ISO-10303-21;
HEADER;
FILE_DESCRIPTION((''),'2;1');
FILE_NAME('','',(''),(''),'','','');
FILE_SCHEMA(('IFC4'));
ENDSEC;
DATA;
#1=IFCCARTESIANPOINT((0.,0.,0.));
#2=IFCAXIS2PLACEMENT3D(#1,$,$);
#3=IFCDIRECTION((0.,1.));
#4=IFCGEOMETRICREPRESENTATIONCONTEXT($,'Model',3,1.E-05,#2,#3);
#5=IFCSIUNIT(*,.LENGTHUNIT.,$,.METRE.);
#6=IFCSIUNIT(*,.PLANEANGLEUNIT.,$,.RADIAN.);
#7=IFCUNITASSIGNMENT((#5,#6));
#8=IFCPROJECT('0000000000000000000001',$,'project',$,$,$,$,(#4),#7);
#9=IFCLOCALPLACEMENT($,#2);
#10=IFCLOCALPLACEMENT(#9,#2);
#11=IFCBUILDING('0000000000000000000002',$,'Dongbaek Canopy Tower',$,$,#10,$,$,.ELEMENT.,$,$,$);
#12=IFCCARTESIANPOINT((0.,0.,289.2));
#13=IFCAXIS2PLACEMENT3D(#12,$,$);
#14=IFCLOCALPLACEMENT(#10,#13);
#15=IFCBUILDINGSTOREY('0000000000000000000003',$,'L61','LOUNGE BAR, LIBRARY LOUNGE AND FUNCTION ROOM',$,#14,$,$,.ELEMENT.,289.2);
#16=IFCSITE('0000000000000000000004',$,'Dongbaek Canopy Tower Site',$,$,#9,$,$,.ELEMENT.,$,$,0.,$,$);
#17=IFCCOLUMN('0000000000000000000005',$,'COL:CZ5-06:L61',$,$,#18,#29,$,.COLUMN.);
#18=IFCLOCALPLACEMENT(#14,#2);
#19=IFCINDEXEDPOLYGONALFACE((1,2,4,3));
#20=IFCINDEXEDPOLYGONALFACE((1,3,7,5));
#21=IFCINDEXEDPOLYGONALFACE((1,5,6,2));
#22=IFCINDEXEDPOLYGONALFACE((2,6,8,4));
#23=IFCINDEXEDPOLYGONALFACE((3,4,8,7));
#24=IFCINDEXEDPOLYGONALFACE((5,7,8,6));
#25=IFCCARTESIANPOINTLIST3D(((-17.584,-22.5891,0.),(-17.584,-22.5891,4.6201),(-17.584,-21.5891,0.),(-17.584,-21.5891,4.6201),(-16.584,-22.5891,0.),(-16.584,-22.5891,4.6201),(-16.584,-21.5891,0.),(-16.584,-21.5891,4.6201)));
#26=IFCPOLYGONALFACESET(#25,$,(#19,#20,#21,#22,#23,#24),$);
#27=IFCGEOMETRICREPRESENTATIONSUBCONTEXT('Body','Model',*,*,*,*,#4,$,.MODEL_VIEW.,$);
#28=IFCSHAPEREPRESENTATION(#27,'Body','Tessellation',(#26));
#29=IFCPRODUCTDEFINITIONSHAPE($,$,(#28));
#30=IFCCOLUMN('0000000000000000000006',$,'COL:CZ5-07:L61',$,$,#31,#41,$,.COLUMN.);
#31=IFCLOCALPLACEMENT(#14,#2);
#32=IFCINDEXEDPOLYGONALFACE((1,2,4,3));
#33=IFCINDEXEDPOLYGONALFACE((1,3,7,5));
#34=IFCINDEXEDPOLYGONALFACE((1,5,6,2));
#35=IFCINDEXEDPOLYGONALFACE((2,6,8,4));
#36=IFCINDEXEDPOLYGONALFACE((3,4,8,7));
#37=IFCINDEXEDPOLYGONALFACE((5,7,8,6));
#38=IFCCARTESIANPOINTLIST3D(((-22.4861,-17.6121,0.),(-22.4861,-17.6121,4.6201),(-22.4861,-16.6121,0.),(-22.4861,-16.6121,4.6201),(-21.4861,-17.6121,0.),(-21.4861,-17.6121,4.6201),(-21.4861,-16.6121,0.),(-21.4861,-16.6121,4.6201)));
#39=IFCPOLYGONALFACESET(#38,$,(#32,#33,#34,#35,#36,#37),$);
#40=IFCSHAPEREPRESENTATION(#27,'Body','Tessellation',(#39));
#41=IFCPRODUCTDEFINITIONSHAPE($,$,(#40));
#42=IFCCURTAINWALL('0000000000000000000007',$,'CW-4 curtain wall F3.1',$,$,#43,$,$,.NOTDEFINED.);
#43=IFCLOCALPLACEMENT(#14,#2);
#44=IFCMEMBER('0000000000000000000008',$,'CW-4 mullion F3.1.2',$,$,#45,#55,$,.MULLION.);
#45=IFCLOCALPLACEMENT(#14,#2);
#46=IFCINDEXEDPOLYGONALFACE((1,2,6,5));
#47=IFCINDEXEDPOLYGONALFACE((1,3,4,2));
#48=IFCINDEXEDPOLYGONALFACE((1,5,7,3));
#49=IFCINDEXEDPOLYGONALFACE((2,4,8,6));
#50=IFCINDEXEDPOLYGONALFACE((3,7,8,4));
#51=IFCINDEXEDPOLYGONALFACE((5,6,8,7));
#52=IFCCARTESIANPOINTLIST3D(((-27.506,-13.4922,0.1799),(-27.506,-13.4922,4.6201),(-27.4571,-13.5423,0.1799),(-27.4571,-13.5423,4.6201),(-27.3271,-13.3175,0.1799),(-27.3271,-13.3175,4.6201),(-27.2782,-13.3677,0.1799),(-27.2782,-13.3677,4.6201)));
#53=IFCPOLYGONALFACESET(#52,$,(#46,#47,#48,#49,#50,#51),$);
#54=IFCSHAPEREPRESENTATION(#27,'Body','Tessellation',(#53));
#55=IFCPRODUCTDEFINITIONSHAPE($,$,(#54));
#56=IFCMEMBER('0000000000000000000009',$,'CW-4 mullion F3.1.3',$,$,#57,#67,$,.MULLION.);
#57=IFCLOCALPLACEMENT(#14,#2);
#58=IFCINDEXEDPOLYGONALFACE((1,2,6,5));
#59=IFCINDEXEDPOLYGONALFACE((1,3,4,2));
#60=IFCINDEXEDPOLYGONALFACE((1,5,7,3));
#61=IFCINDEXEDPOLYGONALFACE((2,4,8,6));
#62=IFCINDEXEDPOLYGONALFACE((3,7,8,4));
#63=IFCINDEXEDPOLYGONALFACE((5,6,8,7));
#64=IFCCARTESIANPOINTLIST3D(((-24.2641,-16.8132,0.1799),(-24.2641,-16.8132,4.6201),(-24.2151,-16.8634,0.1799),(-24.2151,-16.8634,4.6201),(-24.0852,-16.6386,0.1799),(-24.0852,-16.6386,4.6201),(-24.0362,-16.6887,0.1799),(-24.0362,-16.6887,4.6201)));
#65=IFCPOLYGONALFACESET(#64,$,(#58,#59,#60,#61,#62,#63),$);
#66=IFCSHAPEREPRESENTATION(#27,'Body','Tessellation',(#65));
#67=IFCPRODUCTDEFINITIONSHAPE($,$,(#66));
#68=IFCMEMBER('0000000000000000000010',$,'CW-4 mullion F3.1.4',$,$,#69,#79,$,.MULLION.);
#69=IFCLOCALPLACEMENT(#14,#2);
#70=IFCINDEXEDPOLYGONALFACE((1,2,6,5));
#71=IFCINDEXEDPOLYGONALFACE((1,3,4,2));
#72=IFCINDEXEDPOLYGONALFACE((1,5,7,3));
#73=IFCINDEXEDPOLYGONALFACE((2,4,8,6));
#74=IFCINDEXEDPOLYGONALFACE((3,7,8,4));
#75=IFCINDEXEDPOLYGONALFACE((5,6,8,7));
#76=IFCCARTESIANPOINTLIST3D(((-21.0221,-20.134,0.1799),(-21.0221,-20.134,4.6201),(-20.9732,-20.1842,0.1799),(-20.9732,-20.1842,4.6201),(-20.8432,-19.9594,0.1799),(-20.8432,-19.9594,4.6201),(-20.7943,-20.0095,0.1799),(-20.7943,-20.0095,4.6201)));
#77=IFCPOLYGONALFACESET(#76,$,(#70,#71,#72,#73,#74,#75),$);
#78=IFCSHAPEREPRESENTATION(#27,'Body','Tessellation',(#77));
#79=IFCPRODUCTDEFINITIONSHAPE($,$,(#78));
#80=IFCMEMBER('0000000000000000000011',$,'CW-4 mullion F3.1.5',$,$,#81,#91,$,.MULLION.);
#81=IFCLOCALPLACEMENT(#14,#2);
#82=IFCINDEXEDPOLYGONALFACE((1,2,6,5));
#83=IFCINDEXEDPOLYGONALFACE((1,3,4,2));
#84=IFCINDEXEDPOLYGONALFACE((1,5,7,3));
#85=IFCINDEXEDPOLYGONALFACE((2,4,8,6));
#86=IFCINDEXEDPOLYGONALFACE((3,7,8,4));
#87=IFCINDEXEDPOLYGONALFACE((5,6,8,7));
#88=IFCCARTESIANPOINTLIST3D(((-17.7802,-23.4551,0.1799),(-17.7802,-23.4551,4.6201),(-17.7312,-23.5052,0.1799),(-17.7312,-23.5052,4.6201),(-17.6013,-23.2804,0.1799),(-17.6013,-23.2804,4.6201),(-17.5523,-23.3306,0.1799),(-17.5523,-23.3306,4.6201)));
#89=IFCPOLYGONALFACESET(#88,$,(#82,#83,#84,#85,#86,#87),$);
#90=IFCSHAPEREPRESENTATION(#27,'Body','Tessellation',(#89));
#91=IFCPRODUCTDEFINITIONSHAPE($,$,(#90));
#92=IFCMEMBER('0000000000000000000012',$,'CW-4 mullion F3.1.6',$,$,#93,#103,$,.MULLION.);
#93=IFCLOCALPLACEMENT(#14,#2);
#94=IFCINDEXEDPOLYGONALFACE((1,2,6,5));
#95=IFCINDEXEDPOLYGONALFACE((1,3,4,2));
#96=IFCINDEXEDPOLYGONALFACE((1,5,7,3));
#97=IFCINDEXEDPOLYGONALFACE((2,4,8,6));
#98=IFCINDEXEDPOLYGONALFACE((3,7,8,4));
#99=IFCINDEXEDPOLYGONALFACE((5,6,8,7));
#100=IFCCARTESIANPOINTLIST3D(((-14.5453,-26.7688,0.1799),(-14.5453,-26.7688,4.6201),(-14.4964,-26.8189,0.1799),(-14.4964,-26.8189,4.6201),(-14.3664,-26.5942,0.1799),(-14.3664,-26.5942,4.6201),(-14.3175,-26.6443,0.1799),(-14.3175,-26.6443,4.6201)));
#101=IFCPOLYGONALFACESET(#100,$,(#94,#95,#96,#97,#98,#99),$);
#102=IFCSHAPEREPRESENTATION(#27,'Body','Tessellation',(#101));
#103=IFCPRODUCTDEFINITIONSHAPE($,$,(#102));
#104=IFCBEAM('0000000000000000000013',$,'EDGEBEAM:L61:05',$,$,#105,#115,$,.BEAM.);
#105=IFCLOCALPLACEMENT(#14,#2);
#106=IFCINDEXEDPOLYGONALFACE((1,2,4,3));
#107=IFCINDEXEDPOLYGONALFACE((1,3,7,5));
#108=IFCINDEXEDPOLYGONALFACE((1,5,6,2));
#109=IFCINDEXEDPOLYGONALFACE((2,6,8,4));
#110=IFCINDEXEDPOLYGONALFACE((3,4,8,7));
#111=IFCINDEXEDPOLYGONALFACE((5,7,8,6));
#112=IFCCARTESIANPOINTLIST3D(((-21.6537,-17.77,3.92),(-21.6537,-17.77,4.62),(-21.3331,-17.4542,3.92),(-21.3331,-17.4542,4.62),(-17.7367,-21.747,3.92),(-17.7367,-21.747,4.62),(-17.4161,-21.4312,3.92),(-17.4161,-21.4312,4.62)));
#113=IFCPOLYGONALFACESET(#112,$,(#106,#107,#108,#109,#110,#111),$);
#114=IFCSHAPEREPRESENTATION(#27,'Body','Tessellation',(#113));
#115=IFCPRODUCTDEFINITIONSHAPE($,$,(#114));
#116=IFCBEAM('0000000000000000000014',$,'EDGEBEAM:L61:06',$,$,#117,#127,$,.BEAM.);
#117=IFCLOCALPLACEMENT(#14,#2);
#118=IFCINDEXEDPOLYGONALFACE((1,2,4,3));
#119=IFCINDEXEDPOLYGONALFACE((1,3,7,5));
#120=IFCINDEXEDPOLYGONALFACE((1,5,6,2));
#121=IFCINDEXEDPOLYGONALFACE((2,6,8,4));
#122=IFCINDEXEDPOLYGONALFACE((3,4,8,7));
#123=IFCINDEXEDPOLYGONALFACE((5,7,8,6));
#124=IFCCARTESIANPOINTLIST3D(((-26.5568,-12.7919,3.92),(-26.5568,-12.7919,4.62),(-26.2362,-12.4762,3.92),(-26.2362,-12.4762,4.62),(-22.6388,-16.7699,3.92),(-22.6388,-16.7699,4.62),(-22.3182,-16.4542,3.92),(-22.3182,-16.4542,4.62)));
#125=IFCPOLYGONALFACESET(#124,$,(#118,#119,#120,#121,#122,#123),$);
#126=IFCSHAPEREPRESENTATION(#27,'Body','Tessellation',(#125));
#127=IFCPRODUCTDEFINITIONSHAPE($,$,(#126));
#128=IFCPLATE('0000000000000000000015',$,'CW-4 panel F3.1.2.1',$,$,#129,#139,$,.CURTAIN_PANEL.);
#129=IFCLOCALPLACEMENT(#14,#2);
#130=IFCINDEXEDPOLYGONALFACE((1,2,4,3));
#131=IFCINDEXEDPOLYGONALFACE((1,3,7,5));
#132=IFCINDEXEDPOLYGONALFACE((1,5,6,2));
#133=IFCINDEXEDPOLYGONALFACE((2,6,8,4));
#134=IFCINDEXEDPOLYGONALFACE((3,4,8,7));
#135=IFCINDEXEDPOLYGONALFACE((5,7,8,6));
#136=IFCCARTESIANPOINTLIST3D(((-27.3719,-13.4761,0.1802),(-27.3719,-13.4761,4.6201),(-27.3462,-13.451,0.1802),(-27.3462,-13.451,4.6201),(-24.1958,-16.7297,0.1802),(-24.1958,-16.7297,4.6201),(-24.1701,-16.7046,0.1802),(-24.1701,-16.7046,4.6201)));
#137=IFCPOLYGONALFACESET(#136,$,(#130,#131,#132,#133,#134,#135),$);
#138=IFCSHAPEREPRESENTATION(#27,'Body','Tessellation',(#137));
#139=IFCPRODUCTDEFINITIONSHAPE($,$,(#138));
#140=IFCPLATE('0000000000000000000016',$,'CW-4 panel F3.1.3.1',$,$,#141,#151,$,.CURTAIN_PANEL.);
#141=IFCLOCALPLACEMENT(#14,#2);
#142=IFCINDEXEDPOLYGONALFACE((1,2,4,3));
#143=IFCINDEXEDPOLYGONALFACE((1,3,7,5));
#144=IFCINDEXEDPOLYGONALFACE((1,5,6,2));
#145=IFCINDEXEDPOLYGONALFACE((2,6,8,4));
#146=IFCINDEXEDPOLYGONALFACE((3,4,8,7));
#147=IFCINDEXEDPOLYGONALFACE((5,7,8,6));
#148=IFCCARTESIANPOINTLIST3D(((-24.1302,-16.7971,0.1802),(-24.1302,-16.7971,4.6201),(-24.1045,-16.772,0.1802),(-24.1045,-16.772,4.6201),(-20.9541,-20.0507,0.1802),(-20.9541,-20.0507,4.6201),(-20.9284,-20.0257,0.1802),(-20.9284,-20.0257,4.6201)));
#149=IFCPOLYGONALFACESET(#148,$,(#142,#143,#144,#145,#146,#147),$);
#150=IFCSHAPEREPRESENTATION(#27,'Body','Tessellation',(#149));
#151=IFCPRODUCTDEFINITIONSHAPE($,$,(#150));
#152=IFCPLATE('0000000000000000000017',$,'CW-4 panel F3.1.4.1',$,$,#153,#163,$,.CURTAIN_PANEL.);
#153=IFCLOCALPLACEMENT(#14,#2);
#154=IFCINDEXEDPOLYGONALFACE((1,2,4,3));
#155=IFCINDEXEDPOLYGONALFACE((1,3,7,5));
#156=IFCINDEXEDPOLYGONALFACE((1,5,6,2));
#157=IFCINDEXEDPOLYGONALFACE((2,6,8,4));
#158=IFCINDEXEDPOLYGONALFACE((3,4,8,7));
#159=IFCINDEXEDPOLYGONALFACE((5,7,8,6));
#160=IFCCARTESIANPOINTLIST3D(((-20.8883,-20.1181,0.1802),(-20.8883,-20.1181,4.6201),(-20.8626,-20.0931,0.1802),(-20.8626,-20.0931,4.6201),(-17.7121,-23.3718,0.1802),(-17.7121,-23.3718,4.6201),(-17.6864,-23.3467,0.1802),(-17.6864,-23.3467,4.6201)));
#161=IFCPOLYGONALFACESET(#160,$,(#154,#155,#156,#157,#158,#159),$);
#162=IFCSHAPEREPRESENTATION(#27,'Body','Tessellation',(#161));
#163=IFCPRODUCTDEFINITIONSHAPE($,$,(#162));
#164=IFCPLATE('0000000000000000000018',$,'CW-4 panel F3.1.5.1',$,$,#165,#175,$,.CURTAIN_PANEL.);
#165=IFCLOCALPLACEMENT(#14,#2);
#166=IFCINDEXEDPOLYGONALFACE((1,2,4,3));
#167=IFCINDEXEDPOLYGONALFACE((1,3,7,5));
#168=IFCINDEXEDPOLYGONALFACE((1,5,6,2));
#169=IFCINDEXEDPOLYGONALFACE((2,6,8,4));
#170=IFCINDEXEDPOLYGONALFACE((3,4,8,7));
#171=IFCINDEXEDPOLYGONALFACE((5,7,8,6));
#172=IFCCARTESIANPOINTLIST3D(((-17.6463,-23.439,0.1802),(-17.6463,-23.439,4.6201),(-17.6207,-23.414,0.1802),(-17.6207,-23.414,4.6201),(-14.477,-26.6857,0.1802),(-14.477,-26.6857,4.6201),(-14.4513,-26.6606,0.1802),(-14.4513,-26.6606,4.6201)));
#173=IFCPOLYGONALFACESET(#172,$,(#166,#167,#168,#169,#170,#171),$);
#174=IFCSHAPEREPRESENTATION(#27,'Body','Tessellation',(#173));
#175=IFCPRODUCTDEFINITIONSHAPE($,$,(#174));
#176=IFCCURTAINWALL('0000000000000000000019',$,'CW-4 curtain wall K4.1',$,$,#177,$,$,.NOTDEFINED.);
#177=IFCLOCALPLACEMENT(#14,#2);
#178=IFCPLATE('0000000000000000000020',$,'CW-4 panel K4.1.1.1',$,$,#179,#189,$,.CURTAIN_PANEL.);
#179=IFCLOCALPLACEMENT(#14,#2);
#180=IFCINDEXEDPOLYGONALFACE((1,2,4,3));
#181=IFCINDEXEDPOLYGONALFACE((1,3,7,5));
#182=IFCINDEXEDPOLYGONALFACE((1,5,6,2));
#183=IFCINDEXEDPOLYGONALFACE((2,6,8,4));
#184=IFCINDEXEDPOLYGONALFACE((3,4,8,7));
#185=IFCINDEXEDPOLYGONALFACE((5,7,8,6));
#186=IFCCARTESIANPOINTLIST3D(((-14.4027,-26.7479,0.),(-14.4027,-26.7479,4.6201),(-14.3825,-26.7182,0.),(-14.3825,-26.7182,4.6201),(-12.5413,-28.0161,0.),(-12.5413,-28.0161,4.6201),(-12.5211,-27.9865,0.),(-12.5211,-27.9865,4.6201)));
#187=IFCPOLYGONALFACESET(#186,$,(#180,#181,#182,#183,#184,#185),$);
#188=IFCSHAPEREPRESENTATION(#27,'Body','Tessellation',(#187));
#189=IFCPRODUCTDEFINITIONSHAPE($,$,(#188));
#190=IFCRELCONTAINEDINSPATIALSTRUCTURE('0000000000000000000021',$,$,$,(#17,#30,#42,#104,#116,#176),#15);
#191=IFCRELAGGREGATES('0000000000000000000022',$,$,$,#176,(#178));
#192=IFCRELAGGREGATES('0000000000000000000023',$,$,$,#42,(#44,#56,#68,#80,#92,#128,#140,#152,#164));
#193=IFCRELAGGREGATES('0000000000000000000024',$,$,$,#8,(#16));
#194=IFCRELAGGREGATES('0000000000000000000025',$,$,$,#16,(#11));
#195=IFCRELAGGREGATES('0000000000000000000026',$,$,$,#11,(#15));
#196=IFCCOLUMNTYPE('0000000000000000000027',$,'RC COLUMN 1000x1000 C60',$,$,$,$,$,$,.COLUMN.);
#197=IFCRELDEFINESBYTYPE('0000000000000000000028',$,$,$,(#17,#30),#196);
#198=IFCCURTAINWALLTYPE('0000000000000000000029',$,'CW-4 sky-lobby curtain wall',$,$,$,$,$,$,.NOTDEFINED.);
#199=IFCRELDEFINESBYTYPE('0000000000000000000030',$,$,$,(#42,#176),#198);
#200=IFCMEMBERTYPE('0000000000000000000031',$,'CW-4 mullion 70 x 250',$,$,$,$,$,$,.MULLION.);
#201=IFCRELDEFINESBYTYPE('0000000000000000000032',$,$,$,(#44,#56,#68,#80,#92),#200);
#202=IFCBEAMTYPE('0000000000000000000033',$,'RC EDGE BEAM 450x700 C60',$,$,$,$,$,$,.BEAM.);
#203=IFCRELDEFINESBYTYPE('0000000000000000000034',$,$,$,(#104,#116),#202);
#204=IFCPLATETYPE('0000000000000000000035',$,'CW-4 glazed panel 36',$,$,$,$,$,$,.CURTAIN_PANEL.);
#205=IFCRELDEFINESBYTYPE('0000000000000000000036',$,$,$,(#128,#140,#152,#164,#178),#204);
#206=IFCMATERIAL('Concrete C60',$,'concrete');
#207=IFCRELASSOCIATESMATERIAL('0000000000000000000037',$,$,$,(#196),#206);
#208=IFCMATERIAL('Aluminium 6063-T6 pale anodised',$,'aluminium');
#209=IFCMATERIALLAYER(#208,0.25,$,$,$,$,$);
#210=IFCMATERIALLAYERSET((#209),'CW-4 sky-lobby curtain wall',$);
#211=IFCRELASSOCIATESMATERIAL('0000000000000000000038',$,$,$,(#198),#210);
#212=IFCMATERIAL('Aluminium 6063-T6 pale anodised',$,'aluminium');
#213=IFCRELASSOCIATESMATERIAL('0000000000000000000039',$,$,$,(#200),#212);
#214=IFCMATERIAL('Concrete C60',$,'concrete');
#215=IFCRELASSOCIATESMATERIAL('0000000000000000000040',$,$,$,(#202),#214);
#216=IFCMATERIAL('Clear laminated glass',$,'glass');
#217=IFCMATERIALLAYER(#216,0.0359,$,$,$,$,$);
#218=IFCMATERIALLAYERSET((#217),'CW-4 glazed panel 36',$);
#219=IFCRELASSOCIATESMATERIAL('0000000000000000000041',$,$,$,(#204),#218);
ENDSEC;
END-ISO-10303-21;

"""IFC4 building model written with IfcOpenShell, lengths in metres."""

from ifc_helpers import new_model, si_unit, direction, frame, origin, origin_2d, place, context, subcontext, project, spatial, rectangle, extrude, material, layer, layer_set, material_profile, profile_set, type_object, element, aggregate, save


model = new_model("IFC4")

# Units and contexts
model_context = context("Model", 3, precision=1e-05, world=origin(), true_north=direction((0.0, 1.0)))
body_context = subcontext(model_context, "Body", "Model", "MODEL_VIEW")
ifc_project = project(units=[si_unit("LENGTHUNIT", "METRE"), si_unit("PLANEANGLEUNIT", "RADIAN")], contexts=[model_context])

# Site, building, storey
site_placement = place(None, origin())
site = spatial("IfcSite", under=ifc_project, at=site_placement, Name="Dongbaek Canopy Tower Site", CompositionType="ELEMENT", RefElevation=0.0)
building_placement = place(site_placement, origin())
building = spatial("IfcBuilding", under=site, at=building_placement, Name="Dongbaek Canopy Tower", CompositionType="ELEMENT")
storey_placement = place(building_placement, frame((0.0, 0.0, 289.2)))
storey = spatial("IfcBuildingStorey", under=building, at=storey_placement, Name="L61", Description="LOUNGE BAR, LIBRARY LOUNGE AND FUNCTION ROOM", CompositionType="ELEMENT", Elevation=289.2)

# Columns
ifc_material_1 = material(Name="Concrete C60", Category="concrete")
ifc_material_profile_1 = material_profile(ifc_material_1, rectangle(XDim=1.0, YDim=1.0, at=origin_2d()), Name="RC COLUMN 1000x1000 C60")
ifc_profile_set_1 = profile_set([ifc_material_profile_1], Name="Concrete C60")
column_type = type_object("IfcColumnType", Name="RC COLUMN 1000x1000 C60", PredefinedType="COLUMN", material=ifc_profile_set_1)
for number, where, z_axis, x_axis, name in (
    (1, (-17.084, -22.0891, 0.0), (0.0, 0.0, 1.0), (1.0, 0.0, 0.0), "COL:CZ5-06:L61"),
    (2, (-21.9861, -17.1121, 0.0), (0.0, 0.0, 1.0), (1.0, 0.0, 0.0), "COL:CZ5-07:L61"),
):
    element("IfcColumn", number, at=place(storey_placement, frame(where, z_axis=z_axis, x_axis=x_axis)), inside=storey, type_object=column_type, Name=name, PredefinedType="COLUMN", context=body_context, shape_type="SweptSolid", body=[
        extrude(rectangle(XDim=1.0, YDim=1.0, at=origin_2d()), origin(), (0.0, 0.0, 1.0), 4.6201),
    ])

# Curtain wall, members
ifc_material_2 = material(Name="Aluminium 6063-T6 pale anodised", Category="aluminium")
ifc_layer_1 = layer(ifc_material_2, 0.25)
ifc_layer_set_1 = layer_set([ifc_layer_1], Name="CW-4 sky-lobby curtain wall")
curtain_wall_type = type_object("IfcCurtainWallType", Name="CW-4 sky-lobby curtain wall", PredefinedType="NOTDEFINED", material=ifc_layer_set_1)
curtain_wall_1_placement = place(storey_placement, origin())
curtain_wall_1 = element("IfcCurtainWall", 3, at=curtain_wall_1_placement, inside=storey, type_object=curtain_wall_type, Name="CW-4 curtain wall F3.1", PredefinedType="NOTDEFINED")
ifc_material_3 = material(Name="Aluminium 6063-T6 pale anodised", Category="aluminium")
ifc_material_profile_2 = material_profile(ifc_material_3, rectangle(XDim=0.25, YDim=0.0701, at=origin_2d()), Name="CW-4 mullion 70 x 250")
ifc_profile_set_2 = profile_set([ifc_material_profile_2], Name="Aluminium 6063-T6 pale anodised")
member_type = type_object("IfcMemberType", Name="CW-4 mullion 70 x 250", PredefinedType="MULLION", material=ifc_profile_set_2)
member_1_placement = place(storey_placement, frame((-27.3921, -13.4299, 0.1799), z_axis=(0.0, 0.0, 1.0), x_axis=(-0.715574, -0.698537, 0.0)))
member_1 = element("IfcMember", 4, at=member_1_placement, type_object=member_type, Name="CW-4 mullion F3.1.2", PredefinedType="MULLION", context=body_context, shape_type="SweptSolid", body=[
    extrude(rectangle(XDim=0.25, YDim=0.0701, at=origin_2d()), origin(), (0.0, 0.0, 1.0), 4.4402),
])
member_2_placement = place(storey_placement, frame((-24.1501, -16.751, 0.1799), z_axis=(0.0, 0.0, 1.0), x_axis=(-0.715574, -0.698537, 0.0)))
member_2 = element("IfcMember", 5, at=member_2_placement, type_object=member_type, Name="CW-4 mullion F3.1.3", PredefinedType="MULLION", context=body_context, shape_type="SweptSolid", body=[
    extrude(rectangle(XDim=0.25, YDim=0.0701, at=origin_2d()), origin(), (0.0, 0.0, 1.0), 4.4402),
])
member_3_placement = place(storey_placement, frame((-20.9082, -20.0718, 0.1799), z_axis=(0.0, 0.0, 1.0), x_axis=(-0.715574, -0.698537, 0.0)))
member_3 = element("IfcMember", 6, at=member_3_placement, type_object=member_type, Name="CW-4 mullion F3.1.4", PredefinedType="MULLION", context=body_context, shape_type="SweptSolid", body=[
    extrude(rectangle(XDim=0.25, YDim=0.0701, at=origin_2d()), origin(), (0.0, 0.0, 1.0), 4.4402),
])
member_4_placement = place(storey_placement, frame((-17.6663, -23.3928, 0.1799), z_axis=(0.0, 0.0, 1.0), x_axis=(-0.715574, -0.698537, 0.0)))
member_4 = element("IfcMember", 7, at=member_4_placement, type_object=member_type, Name="CW-4 mullion F3.1.5", PredefinedType="MULLION", context=body_context, shape_type="SweptSolid", body=[
    extrude(rectangle(XDim=0.25, YDim=0.0701, at=origin_2d()), origin(), (0.0, 0.0, 1.0), 4.4402),
])
member_5_placement = place(storey_placement, frame((-14.4314, -26.7065, 0.1799), z_axis=(0.0, 0.0, 1.0), x_axis=(-0.715574, -0.698537, 0.0)))
member_5 = element("IfcMember", 8, at=member_5_placement, type_object=member_type, Name="CW-4 mullion F3.1.6", PredefinedType="MULLION", context=body_context, shape_type="SweptSolid", body=[
    extrude(rectangle(XDim=0.25, YDim=0.0701, at=origin_2d()), origin(), (0.0, 0.0, 1.0), 4.4402),
])

# Beams
ifc_material_4 = material(Name="Concrete C60", Category="concrete")
ifc_material_profile_3 = material_profile(ifc_material_4, rectangle(XDim=0.45, YDim=0.7, at=origin_2d()), Name="RC EDGE BEAM 450x700 C60")
ifc_profile_set_3 = profile_set([ifc_material_profile_3], Name="Concrete C60")
beam_type = type_object("IfcBeamType", Name="RC EDGE BEAM 450x700 C60", PredefinedType="BEAM", material=ifc_profile_set_3)
beam_1_placement = place(storey_placement, frame((-17.5764, -21.5891, 4.27), z_axis=(-0.701707, 0.712466, 0.0), x_axis=(-0.712466, -0.701707, 0.0)))
element("IfcBeam", 9, at=beam_1_placement, inside=storey, type_object=beam_type, Name="EDGEBEAM:L61:05", PredefinedType="BEAM", context=body_context, shape_type="SweptSolid", body=[
    extrude(rectangle(XDim=0.45, YDim=0.7, at=origin_2d()), origin(), (0.0, 0.0, 1.0), 5.582),
])
beam_2_placement = place(storey_placement, frame((-22.4785, -16.6121, 4.27), z_axis=(-0.701708, 0.712465, 0.0), x_axis=(-0.712465, -0.701708, 0.0)))
element("IfcBeam", 10, at=beam_2_placement, inside=storey, type_object=beam_type, Name="EDGEBEAM:L61:06", PredefinedType="BEAM", context=body_context, shape_type="SweptSolid", body=[
    extrude(rectangle(XDim=0.45, YDim=0.7, at=origin_2d()), origin(), (0.0, 0.0, 1.0), 5.5835),
])

# Plates
ifc_material_5 = material(Name="Clear laminated glass", Category="glass")
ifc_layer_2 = layer(ifc_material_5, 0.0359)
ifc_layer_set_2 = layer_set([ifc_layer_2], Name="CW-4 glazed panel 36")
plate_type = type_object("IfcPlateType", Name="CW-4 glazed panel 36", PredefinedType="CURTAIN_PANEL", material=ifc_layer_set_2)
plate_1_placement = place(storey_placement, frame((-25.771, -15.0903, 0.1802), z_axis=(0.0, 0.0, 1.0), x_axis=(0.698537, -0.715574, 0.0)))
plate_1 = element("IfcPlate", 11, at=plate_1_placement, type_object=plate_type, Name="CW-4 panel F3.1.2.1", PredefinedType="CURTAIN_PANEL", context=body_context, shape_type="SweptSolid", body=[
    extrude(rectangle(XDim=4.5469, YDim=0.0359, at=origin_2d()), origin(), (0.0, 0.0, 1.0), 4.4399),
])
plate_2_placement = place(storey_placement, frame((-22.5293, -18.4114, 0.1802), z_axis=(0.0, 0.0, 1.0), x_axis=(0.698537, -0.715574, 0.0)))
plate_2 = element("IfcPlate", 12, at=plate_2_placement, type_object=plate_type, Name="CW-4 panel F3.1.3.1", PredefinedType="CURTAIN_PANEL", context=body_context, shape_type="SweptSolid", body=[
    extrude(rectangle(XDim=4.5469, YDim=0.0359, at=origin_2d()), origin(), (0.0, 0.0, 1.0), 4.4399),
])
plate_3_placement = place(storey_placement, frame((-19.2874, -21.7324, 0.1802), z_axis=(0.0, 0.0, 1.0), x_axis=(0.698537, -0.715574, 0.0)))
plate_3 = element("IfcPlate", 13, at=plate_3_placement, type_object=plate_type, Name="CW-4 panel F3.1.4.1", PredefinedType="CURTAIN_PANEL", context=body_context, shape_type="SweptSolid", body=[
    extrude(rectangle(XDim=4.5469, YDim=0.0359, at=origin_2d()), origin(), (0.0, 0.0, 1.0), 4.4399),
])
plate_4_placement = place(storey_placement, frame((-16.0488, -25.0498, 0.1802), z_axis=(0.0, 0.0, 1.0), x_axis=(0.698537, -0.715574, 0.0)))
plate_4 = element("IfcPlate", 14, at=plate_4_placement, type_object=plate_type, Name="CW-4 panel F3.1.5.1", PredefinedType="CURTAIN_PANEL", context=body_context, shape_type="SweptSolid", body=[
    extrude(rectangle(XDim=4.5371, YDim=0.0359, at=origin_2d()), origin(), (0.0, 0.0, 1.0), 4.4399),
])

# Curtain wall, plate
curtain_wall_2_placement = place(storey_placement, origin())
curtain_wall_2 = element("IfcCurtainWall", 15, at=curtain_wall_2_placement, inside=storey, type_object=curtain_wall_type, Name="CW-4 curtain wall K4.1", PredefinedType="NOTDEFINED")
plate_5_placement = place(storey_placement, frame((-13.4619, -27.3672, 0.0), z_axis=(0.0, 0.0, 1.0), x_axis=(0.826419, -0.563055, 0.0)))
plate_5 = element("IfcPlate", 16, at=plate_5_placement, type_object=plate_type, Name="CW-4 panel K4.1.1.1", PredefinedType="CURTAIN_PANEL", context=body_context, shape_type="SweptSolid", body=[
    extrude(rectangle(XDim=2.2524, YDim=0.0359, at=origin_2d()), origin(), (0.0, 0.0, 1.0), 4.6201),
])

aggregate(curtain_wall_2, [plate_5])
aggregate(curtain_wall_1, [member_1, member_2, member_3, member_4, member_5, plate_1, plate_2, plate_3, plate_4])

save(model, "model.ifc")
